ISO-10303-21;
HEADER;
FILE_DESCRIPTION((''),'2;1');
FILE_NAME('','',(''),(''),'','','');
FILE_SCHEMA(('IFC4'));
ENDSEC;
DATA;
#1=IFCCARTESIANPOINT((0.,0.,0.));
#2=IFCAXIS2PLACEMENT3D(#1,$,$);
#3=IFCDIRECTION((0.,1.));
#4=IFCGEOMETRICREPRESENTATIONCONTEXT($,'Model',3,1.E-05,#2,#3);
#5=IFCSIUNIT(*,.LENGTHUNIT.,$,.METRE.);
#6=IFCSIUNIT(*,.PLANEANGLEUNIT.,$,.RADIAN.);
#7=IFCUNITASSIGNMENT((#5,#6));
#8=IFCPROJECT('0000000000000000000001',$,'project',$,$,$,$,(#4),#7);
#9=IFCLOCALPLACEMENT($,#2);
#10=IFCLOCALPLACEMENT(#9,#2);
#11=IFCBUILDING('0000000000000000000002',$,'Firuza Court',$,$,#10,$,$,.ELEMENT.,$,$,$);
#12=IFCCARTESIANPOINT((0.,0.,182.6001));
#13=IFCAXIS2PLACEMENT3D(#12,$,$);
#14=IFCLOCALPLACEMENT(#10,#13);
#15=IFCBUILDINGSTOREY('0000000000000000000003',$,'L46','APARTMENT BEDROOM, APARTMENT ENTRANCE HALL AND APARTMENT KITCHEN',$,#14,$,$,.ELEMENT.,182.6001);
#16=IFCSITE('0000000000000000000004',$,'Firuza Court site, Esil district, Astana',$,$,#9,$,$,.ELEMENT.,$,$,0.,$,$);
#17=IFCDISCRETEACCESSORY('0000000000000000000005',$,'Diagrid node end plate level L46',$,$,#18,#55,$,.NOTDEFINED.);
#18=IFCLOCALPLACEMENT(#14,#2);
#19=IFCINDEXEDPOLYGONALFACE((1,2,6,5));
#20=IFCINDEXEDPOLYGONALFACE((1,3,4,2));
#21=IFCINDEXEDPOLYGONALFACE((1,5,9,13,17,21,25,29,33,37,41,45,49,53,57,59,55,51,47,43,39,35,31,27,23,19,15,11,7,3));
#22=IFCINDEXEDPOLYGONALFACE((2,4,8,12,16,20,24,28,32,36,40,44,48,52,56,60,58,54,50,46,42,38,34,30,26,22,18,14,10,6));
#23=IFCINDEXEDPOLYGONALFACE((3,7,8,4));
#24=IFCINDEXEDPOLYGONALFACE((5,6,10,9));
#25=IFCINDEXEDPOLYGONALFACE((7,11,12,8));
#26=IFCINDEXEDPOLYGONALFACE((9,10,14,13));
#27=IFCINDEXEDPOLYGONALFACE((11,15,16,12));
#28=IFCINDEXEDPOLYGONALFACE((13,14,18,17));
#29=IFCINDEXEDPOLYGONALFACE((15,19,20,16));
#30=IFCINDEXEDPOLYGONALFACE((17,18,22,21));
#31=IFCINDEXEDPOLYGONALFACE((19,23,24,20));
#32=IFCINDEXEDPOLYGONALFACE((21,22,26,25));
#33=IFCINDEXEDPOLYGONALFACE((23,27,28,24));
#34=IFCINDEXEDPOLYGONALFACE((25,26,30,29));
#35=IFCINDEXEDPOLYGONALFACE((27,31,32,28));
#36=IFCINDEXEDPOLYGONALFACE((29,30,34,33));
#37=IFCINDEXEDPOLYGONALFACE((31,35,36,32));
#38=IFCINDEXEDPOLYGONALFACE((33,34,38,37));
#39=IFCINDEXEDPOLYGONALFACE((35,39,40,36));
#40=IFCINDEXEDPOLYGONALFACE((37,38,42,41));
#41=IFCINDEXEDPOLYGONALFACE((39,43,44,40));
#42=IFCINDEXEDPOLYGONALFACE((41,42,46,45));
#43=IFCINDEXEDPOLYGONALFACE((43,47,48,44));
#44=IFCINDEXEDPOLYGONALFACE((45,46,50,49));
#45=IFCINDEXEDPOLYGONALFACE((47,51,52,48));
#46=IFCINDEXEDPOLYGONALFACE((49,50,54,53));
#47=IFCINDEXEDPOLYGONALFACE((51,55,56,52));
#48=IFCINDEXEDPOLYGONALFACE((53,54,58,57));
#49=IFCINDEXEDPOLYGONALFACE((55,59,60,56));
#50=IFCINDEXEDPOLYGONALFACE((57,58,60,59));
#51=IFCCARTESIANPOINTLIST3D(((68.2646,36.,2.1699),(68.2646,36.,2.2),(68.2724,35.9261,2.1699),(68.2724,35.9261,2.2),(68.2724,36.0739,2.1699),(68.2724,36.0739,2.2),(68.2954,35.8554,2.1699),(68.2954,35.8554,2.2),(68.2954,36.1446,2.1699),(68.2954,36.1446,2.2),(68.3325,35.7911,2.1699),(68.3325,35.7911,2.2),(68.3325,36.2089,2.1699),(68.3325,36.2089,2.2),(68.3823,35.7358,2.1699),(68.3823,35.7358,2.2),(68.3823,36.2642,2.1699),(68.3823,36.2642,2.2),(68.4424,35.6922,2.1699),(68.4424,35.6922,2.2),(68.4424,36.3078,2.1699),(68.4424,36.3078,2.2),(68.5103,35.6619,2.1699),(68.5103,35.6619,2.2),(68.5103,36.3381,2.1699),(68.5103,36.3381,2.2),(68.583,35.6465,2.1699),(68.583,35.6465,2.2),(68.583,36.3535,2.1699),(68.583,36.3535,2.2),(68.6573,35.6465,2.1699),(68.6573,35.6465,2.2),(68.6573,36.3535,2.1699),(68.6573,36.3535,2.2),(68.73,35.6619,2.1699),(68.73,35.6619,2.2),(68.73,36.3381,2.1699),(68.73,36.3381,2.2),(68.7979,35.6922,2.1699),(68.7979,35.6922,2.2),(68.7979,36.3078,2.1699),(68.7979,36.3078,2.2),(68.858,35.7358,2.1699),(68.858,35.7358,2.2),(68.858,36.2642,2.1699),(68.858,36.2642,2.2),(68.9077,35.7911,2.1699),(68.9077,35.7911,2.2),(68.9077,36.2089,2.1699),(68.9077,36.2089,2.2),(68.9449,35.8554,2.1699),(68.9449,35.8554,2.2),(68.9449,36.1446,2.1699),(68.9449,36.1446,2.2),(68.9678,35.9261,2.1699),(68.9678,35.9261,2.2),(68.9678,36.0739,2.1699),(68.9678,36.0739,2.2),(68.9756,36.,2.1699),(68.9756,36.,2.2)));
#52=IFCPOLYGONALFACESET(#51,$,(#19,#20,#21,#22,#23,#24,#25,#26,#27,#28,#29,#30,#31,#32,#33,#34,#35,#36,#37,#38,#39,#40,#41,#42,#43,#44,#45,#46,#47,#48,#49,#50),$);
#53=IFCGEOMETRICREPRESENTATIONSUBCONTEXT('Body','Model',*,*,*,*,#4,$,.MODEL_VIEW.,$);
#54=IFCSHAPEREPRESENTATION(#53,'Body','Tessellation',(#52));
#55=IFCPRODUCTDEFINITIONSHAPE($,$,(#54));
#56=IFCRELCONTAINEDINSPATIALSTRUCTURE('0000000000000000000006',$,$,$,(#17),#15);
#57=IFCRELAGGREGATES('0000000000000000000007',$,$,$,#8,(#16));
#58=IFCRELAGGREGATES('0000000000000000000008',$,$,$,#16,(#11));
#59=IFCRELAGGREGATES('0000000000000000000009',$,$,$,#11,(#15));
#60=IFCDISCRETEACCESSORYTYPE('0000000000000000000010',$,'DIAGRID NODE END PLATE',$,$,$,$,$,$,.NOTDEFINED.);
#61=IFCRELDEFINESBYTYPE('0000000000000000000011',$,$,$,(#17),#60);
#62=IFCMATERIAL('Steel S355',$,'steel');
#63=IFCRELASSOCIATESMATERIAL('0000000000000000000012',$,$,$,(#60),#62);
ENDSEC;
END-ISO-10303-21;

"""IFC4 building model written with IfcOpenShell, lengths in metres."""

from ifc_helpers import new_model, si_unit, direction, frame, origin, origin_2d, place, context, subcontext, project, spatial, circle, extrude, material, material_profile, profile_set, type_object, element, save


model = new_model("IFC4")

# Units and contexts
model_context = context("Model", 3, precision=1e-05, world=origin(), true_north=direction((0.0, 1.0)))
body_context = subcontext(model_context, "Body", "Model", "MODEL_VIEW")
ifc_project = project(units=[si_unit("LENGTHUNIT", "METRE"), si_unit("PLANEANGLEUNIT", "RADIAN")], contexts=[model_context])

# Site, building, storey
site_placement = place(None, origin())
site = spatial("IfcSite", under=ifc_project, at=site_placement, Name="Firuza Court site, Esil district, Astana", CompositionType="ELEMENT", RefElevation=0.0)
building_placement = place(site_placement, origin())
building = spatial("IfcBuilding", under=site, at=building_placement, Name="Firuza Court", CompositionType="ELEMENT")
storey_placement = place(building_placement, frame((0.0, 0.0, 182.6001)))
storey = spatial("IfcBuildingStorey", under=building, at=storey_placement, Name="L46", Description="APARTMENT BEDROOM, APARTMENT ENTRANCE HALL AND APARTMENT KITCHEN", CompositionType="ELEMENT", Elevation=182.6001)

# Discrete accessory
ifc_material_1 = material(Name="Steel S355", Category="steel")
ifc_material_profile_1 = material_profile(ifc_material_1, circle(Radius=0.3555, at=origin_2d()), Name="PL D711")
ifc_profile_set_1 = profile_set([ifc_material_profile_1], Name="Steel S355")
discrete_accessory_type = type_object("IfcDiscreteAccessoryType", Name="DIAGRID NODE END PLATE", PredefinedType="NOTDEFINED", material=ifc_profile_set_1)
for number, where, z_axis, x_axis, name in (
    (1, (68.6201, 36.0, 2.1699), (0.0, 0.0, 1.0), (1.0, 0.0, 0.0), "Diagrid node end plate level L46"),
):
    element("IfcDiscreteAccessory", number, at=place(storey_placement, frame(where, z_axis=z_axis, x_axis=x_axis)), inside=storey, type_object=discrete_accessory_type, Name=name, PredefinedType="NOTDEFINED", context=body_context, shape_type="SweptSolid", body=[
        extrude(circle(Radius=0.3555, at=origin_2d()), origin(), (0.0, 0.0, 1.0), 0.03),
    ])

save(model, "model.ifc")
